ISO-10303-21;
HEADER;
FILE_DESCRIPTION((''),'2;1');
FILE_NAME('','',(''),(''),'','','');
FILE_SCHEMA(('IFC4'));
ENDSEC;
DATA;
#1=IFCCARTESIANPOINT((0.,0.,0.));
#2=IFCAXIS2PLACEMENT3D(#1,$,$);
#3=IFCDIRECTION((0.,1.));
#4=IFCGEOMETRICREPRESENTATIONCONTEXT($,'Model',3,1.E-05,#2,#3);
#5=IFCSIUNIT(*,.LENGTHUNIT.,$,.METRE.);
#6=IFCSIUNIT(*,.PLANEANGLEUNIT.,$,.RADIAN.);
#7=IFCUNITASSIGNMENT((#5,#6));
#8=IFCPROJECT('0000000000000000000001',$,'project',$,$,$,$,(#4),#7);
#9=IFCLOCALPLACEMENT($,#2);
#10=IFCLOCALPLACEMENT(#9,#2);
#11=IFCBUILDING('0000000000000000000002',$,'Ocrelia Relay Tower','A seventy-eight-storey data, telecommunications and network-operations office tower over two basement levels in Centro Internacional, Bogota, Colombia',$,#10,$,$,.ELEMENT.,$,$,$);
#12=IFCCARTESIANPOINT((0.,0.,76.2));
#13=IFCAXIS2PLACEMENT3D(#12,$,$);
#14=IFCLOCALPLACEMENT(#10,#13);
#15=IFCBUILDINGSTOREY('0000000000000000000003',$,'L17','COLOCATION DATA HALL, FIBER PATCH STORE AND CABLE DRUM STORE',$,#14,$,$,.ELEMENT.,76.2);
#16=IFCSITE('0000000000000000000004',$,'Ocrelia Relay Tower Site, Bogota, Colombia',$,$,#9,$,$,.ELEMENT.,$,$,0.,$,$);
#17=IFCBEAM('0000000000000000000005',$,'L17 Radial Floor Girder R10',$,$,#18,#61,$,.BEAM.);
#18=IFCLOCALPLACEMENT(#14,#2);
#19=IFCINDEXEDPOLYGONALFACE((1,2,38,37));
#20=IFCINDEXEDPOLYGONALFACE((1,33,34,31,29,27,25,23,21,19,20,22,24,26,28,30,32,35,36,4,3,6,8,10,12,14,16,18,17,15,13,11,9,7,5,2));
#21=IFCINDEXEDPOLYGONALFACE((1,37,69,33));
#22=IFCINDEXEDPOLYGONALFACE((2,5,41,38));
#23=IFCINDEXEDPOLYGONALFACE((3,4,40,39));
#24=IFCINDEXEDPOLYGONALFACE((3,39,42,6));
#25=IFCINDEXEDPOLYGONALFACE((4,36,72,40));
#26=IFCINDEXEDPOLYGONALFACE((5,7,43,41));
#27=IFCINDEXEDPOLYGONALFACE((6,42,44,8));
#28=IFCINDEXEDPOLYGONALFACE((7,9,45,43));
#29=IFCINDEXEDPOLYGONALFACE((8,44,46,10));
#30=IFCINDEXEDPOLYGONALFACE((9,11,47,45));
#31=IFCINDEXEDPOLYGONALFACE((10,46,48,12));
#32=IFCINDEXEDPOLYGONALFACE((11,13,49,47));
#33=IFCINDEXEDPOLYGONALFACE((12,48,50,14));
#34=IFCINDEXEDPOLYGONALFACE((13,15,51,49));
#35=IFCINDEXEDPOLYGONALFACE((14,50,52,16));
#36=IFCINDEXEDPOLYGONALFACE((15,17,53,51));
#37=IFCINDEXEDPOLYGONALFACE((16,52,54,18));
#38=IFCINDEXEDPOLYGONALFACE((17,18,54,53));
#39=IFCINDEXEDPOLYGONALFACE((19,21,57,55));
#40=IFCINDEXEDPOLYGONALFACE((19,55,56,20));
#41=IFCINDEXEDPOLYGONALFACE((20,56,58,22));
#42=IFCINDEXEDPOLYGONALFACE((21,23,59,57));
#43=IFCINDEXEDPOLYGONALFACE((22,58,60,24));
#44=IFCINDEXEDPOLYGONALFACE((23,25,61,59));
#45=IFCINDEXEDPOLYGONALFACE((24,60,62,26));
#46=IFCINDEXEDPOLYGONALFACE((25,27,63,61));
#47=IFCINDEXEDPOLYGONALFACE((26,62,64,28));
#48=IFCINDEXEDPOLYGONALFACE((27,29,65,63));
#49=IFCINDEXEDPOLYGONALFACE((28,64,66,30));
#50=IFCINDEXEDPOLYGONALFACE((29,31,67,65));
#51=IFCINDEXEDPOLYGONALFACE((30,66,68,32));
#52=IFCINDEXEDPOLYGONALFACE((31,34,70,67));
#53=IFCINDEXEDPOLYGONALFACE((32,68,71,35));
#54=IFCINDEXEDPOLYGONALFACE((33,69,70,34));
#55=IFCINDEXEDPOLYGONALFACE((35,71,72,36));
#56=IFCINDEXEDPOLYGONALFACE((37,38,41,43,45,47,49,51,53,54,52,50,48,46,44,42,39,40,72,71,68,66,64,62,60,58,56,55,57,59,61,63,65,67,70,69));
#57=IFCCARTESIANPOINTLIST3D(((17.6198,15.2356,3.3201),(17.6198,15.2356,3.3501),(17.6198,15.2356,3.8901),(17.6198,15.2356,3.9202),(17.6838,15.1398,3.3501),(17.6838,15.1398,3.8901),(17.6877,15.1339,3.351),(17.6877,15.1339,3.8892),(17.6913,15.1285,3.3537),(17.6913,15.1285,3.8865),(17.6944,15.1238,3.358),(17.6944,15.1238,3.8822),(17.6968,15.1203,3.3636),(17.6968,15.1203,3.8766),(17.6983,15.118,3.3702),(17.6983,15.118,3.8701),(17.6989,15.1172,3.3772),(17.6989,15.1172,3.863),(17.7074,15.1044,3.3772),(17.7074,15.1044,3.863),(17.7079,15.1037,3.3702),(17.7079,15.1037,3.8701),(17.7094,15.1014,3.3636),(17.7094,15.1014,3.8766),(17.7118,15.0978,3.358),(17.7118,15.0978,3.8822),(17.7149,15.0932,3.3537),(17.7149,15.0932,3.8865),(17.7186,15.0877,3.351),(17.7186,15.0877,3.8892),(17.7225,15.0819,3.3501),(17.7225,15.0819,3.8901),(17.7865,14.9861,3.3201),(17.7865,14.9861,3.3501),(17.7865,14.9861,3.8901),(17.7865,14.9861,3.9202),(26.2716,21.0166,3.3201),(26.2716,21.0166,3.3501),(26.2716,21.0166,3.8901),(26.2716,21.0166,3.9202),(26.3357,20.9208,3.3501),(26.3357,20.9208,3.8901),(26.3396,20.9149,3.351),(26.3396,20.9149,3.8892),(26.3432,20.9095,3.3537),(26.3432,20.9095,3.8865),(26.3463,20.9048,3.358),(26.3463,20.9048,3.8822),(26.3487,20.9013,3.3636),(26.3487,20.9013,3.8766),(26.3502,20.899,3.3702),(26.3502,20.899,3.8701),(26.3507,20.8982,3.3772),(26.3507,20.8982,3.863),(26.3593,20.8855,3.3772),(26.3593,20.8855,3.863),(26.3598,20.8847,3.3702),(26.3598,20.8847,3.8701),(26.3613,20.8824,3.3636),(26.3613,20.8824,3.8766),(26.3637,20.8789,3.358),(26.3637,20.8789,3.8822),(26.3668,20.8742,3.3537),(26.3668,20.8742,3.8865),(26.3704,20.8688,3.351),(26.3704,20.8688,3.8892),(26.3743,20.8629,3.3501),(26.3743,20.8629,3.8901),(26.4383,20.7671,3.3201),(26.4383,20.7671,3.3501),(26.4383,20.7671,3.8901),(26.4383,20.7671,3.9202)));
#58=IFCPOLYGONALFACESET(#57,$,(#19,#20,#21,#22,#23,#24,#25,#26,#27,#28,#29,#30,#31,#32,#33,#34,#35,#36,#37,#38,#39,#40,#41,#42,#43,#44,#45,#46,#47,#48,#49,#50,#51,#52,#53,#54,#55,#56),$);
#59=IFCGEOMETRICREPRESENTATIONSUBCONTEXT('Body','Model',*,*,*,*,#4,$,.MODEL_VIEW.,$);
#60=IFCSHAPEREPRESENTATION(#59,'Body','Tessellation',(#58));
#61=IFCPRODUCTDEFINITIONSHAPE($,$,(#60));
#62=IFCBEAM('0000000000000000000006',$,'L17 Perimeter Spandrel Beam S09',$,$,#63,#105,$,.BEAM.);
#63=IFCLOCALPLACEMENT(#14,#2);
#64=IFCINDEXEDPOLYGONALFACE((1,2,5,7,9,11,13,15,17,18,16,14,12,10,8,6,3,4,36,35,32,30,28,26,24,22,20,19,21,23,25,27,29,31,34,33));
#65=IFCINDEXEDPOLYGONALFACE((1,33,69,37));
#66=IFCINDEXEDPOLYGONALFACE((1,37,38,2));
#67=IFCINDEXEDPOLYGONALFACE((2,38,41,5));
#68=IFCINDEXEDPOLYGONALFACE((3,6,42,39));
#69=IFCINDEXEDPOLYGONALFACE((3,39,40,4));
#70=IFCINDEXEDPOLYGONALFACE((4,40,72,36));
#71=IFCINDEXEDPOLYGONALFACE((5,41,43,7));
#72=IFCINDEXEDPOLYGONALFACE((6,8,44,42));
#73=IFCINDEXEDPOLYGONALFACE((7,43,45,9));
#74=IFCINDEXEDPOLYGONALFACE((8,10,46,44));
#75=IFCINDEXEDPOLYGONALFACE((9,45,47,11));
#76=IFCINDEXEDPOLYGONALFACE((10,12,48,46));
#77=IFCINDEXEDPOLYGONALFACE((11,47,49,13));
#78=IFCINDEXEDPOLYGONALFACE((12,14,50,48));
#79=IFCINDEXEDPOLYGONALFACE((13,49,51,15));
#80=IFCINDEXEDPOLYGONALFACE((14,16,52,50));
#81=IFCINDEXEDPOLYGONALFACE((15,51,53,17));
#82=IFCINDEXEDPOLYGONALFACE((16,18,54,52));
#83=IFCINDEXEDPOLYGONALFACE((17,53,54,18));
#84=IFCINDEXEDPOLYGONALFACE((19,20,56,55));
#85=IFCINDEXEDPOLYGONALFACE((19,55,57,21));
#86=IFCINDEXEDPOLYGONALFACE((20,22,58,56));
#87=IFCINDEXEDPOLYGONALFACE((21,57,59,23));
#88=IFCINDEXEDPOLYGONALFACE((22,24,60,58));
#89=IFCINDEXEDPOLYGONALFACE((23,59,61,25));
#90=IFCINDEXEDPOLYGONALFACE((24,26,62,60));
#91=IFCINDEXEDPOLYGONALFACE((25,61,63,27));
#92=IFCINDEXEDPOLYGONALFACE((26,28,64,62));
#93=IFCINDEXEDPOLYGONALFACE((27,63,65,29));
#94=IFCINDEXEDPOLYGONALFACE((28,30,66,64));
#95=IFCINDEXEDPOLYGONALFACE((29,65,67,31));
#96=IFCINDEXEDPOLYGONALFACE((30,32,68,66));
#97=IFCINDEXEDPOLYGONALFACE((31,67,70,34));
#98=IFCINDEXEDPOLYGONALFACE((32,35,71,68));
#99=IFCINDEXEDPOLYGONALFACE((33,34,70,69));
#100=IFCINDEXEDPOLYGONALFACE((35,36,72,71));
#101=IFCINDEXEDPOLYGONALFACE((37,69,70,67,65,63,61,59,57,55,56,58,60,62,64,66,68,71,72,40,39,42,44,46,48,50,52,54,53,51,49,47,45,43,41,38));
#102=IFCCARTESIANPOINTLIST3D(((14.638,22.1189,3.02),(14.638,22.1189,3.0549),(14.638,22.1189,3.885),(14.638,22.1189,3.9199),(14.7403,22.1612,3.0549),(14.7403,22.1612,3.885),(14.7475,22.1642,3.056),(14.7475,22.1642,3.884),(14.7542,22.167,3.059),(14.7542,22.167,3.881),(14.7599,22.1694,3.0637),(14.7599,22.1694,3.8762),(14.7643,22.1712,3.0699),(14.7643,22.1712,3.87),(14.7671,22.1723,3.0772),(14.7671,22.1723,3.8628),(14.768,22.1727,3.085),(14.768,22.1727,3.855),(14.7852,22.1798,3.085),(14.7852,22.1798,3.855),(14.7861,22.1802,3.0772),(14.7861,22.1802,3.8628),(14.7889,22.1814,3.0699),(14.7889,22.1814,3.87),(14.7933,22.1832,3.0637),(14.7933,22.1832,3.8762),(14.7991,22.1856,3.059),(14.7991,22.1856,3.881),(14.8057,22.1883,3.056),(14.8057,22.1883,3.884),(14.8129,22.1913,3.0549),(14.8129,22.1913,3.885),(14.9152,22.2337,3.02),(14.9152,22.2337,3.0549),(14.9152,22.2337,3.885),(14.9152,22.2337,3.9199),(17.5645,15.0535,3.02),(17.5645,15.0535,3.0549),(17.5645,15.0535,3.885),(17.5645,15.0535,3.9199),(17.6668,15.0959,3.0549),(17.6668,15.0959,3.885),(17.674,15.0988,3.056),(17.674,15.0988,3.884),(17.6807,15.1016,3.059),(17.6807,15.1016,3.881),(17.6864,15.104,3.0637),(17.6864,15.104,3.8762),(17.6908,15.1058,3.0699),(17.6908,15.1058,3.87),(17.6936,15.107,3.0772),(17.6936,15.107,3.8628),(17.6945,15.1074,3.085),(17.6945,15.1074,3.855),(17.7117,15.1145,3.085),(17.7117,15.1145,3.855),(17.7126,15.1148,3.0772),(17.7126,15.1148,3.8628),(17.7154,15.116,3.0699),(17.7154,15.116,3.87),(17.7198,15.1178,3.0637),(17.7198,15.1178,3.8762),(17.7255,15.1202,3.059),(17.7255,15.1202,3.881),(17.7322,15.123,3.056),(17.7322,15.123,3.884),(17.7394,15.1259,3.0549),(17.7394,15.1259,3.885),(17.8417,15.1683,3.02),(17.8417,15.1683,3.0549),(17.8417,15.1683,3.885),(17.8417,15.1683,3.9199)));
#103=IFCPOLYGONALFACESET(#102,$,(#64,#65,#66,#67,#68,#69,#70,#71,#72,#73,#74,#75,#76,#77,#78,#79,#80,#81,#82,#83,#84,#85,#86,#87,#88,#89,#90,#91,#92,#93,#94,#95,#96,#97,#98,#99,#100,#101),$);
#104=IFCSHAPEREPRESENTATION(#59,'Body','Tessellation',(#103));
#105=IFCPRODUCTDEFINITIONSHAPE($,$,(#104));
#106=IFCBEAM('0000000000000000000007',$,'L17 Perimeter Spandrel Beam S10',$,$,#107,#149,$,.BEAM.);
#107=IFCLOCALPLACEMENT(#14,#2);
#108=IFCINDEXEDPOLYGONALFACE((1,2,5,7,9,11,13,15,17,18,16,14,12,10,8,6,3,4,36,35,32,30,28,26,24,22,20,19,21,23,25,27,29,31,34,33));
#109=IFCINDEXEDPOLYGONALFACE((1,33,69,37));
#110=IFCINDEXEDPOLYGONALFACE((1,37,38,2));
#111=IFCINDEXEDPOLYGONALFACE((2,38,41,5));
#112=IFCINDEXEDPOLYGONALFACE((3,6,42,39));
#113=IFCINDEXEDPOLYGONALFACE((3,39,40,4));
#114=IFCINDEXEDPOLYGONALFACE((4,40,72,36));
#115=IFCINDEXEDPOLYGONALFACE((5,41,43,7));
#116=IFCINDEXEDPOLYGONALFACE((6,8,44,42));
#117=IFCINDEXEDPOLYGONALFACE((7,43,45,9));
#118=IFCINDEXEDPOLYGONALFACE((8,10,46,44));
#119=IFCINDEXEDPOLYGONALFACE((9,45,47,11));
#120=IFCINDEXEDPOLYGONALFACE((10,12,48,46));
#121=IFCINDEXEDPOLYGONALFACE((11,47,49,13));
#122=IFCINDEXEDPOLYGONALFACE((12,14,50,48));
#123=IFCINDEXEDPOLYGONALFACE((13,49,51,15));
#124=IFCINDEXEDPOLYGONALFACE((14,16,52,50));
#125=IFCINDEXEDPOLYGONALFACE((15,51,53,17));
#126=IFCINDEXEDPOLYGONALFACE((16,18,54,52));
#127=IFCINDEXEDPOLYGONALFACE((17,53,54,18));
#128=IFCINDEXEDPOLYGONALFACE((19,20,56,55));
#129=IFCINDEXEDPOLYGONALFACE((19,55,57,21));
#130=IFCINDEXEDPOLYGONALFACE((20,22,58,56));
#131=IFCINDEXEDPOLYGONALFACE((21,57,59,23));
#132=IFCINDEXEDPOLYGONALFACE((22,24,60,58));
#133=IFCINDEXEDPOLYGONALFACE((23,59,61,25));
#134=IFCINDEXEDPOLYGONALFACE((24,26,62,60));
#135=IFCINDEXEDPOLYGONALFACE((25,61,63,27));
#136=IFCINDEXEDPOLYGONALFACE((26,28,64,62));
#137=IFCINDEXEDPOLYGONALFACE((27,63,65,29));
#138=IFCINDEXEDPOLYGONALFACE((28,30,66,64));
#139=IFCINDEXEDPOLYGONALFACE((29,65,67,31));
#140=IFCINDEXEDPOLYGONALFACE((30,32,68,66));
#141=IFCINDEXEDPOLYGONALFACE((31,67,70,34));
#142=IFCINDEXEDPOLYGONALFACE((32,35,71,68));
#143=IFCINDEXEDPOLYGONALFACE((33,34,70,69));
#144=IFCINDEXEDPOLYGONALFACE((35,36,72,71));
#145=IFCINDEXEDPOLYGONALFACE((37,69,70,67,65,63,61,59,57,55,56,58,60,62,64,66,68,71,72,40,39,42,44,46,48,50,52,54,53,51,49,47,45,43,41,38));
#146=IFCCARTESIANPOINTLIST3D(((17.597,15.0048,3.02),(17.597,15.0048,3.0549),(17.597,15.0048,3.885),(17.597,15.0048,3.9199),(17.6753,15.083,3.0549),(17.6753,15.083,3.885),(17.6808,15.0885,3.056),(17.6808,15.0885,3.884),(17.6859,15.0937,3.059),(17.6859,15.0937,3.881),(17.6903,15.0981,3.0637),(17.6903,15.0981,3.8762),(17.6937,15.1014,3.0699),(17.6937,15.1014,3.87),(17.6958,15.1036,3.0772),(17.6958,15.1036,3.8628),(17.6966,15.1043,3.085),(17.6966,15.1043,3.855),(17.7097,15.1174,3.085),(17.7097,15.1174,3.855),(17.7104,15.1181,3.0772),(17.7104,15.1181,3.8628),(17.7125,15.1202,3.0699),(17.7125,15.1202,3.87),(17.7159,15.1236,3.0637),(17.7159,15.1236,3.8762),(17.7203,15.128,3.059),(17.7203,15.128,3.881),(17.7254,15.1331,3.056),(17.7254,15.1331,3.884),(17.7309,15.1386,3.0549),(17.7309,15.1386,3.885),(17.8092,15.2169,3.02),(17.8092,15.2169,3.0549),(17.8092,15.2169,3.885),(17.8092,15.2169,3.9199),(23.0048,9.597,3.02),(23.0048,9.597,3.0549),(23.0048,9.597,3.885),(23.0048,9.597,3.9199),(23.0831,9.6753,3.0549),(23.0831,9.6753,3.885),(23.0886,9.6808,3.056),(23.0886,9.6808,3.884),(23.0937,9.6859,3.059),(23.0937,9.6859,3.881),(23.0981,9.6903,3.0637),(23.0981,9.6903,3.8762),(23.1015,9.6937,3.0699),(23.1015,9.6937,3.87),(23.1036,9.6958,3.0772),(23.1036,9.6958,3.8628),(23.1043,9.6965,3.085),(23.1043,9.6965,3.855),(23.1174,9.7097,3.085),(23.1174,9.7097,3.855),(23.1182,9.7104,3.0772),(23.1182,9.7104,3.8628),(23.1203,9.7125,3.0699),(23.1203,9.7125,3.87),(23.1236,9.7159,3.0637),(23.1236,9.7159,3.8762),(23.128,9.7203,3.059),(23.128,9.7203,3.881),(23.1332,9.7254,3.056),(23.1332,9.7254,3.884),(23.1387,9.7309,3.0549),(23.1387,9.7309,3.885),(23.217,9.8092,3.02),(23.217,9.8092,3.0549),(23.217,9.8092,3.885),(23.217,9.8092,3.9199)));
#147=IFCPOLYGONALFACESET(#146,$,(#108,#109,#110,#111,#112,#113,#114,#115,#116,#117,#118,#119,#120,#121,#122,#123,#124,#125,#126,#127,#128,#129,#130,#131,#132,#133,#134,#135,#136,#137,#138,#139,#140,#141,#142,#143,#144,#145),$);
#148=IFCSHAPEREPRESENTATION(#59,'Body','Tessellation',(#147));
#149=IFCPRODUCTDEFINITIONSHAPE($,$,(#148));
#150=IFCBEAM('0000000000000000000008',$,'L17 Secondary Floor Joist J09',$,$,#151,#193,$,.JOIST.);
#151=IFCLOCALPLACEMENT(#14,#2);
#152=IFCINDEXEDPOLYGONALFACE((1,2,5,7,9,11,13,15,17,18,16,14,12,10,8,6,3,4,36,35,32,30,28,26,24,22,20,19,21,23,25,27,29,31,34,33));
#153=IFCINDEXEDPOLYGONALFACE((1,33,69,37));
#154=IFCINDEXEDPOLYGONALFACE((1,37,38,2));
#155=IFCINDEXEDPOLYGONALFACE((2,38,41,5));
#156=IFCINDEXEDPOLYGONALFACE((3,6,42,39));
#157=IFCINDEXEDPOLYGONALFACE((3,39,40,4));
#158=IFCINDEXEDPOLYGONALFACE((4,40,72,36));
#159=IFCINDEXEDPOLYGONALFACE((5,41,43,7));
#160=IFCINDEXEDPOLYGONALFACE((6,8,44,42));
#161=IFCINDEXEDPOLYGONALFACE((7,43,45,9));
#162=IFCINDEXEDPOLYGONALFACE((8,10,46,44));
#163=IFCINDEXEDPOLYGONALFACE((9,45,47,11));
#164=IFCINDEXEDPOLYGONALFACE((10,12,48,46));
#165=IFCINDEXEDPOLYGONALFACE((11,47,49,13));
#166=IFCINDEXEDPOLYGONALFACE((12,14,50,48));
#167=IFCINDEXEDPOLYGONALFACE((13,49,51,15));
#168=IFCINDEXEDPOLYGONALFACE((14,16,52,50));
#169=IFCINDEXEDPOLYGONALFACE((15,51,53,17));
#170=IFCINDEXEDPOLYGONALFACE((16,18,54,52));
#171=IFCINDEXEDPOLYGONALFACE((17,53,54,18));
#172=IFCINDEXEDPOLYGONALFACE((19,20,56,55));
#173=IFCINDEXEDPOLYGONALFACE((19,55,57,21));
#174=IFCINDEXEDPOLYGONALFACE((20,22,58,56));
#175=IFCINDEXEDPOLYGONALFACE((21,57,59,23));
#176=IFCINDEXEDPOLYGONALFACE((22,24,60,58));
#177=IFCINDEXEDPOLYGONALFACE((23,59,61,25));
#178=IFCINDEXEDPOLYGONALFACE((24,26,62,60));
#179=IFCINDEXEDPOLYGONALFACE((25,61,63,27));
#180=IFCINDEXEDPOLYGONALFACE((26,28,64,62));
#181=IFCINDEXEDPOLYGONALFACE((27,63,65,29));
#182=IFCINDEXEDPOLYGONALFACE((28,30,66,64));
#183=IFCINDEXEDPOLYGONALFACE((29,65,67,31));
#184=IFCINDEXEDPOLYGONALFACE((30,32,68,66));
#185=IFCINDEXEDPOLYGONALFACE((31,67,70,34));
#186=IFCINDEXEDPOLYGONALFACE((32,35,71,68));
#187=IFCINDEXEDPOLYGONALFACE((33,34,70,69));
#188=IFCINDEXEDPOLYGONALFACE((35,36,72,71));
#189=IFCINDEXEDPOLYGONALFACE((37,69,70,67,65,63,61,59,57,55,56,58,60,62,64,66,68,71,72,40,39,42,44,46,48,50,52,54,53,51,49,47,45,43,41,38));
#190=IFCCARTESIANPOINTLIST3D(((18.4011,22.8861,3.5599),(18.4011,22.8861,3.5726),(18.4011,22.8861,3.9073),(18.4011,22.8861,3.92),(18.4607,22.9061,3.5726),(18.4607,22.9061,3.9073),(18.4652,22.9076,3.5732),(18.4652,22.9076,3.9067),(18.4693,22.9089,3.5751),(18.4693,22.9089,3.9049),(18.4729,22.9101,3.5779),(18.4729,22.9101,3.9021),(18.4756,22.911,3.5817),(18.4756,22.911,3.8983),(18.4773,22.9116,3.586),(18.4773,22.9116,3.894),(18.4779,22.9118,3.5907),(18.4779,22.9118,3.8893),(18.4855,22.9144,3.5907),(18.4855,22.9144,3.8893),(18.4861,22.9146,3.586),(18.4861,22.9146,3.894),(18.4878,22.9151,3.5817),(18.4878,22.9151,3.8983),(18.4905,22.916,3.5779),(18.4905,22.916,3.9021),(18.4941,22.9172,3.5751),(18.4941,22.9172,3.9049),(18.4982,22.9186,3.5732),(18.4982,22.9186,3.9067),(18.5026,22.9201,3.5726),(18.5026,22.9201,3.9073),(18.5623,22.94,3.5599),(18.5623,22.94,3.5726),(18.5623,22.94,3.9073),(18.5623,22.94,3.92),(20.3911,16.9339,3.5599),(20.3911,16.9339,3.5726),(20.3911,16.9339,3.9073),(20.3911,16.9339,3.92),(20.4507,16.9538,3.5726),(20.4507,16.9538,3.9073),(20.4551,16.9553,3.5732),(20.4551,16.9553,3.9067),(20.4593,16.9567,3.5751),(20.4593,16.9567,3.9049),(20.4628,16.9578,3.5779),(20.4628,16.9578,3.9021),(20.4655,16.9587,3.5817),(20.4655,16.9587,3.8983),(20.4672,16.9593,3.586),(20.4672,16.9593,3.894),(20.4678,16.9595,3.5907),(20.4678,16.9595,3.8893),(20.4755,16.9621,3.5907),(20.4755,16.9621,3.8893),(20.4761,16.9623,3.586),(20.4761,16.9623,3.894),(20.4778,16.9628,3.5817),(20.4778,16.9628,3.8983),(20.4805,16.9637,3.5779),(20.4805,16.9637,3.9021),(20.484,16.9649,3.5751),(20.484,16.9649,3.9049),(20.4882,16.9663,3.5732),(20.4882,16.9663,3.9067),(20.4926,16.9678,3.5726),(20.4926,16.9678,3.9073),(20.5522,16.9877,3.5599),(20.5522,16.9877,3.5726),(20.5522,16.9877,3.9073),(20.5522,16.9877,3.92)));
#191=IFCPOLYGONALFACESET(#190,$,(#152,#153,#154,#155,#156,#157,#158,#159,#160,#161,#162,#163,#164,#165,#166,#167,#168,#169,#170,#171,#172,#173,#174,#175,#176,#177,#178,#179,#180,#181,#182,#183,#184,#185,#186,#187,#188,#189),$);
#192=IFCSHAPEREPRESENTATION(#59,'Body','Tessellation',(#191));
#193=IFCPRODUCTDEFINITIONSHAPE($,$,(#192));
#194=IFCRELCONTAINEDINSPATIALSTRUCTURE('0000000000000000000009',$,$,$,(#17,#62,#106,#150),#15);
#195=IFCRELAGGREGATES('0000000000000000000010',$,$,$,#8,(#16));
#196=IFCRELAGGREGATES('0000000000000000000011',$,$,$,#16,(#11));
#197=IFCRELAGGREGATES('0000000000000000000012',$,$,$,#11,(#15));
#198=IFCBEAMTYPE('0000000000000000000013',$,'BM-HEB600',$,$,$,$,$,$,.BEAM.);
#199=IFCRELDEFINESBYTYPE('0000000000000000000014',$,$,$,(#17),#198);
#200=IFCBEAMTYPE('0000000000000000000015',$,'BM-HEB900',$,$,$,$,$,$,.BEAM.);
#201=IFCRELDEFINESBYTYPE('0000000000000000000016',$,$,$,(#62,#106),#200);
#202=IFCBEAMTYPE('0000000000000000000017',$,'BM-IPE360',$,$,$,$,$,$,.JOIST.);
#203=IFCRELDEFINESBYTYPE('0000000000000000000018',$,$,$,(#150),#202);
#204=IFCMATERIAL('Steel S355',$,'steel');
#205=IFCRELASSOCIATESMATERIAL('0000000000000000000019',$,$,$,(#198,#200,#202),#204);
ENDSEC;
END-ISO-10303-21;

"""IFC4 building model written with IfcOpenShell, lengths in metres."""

from ifc_helpers import new_model, si_unit, direction, frame, origin, origin_2d, place, context, subcontext, project, spatial, i_section, extrude, material, material_profile, profile_set, type_object, element, save


model = new_model("IFC4")

# Units and contexts
model_context = context("Model", 3, precision=1e-05, world=origin(), true_north=direction((0.0, 1.0)))
body_context = subcontext(model_context, "Body", "Model", "MODEL_VIEW")
ifc_project = project(units=[si_unit("LENGTHUNIT", "METRE"), si_unit("PLANEANGLEUNIT", "RADIAN")], contexts=[model_context])

# Site, building, storey
site_placement = place(None, origin())
site = spatial("IfcSite", under=ifc_project, at=site_placement, Name="Ocrelia Relay Tower Site, Bogota, Colombia", CompositionType="ELEMENT", RefElevation=0.0)
building_placement = place(site_placement, origin())
building = spatial("IfcBuilding", under=site, at=building_placement, Name="Ocrelia Relay Tower", Description="A seventy-eight-storey data, telecommunications and network-operations office tower over two basement levels in Centro Internacional, Bogota, Colombia", CompositionType="ELEMENT")
storey_placement = place(building_placement, frame((0.0, 0.0, 76.2)))
storey = spatial("IfcBuildingStorey", under=building, at=storey_placement, Name="L17", Description="COLOCATION DATA HALL, FIBER PATCH STORE AND CABLE DRUM STORE", CompositionType="ELEMENT", Elevation=76.2)

# Beams
ifc_material_1 = material(Name="Steel S355", Category="steel")
ifc_material_profile_1 = material_profile(ifc_material_1, i_section(OverallWidth=0.3, OverallDepth=0.6001, WebThickness=0.0154, FlangeThickness=0.03, FilletRadius=0.0271, at=origin_2d()), Name="HEB 600")
ifc_profile_set_1 = profile_set([ifc_material_profile_1], Name="Steel S355")
beam_type_1 = type_object("IfcBeamType", Name="BM-HEB600", PredefinedType="BEAM", material=ifc_profile_set_1)
beam_1_placement = place(storey_placement, frame((17.7031, 15.1108, 3.6201), z_axis=(0.831469, 0.555572, 0.0), x_axis=(-0.555572, 0.831469, 0.0)))
element("IfcBeam", 1, at=beam_1_placement, inside=storey, type_object=beam_type_1, Name="L17 Radial Floor Girder R10", PredefinedType="BEAM", context=body_context, shape_type="SweptSolid", body=[
    extrude(i_section(OverallWidth=0.3, OverallDepth=0.6001, WebThickness=0.0154, FlangeThickness=0.03, FilletRadius=0.0271, at=origin_2d()), origin(), (0.0, 0.0, 1.0), 10.4055),
])
ifc_material_profile_2 = material_profile(ifc_material_1, i_section(OverallWidth=0.3, OverallDepth=0.8999, WebThickness=0.0186, FlangeThickness=0.0349, FilletRadius=0.03, at=origin_2d()), Name="HEB 900")
ifc_profile_set_2 = profile_set([ifc_material_profile_2], Name="Steel S355")
beam_type_2 = type_object("IfcBeamType", Name="BM-HEB900", PredefinedType="BEAM", material=ifc_profile_set_2)
beam_2_placement = place(storey_placement, frame((14.7766, 22.1763, 3.47), z_axis=(0.382674, -0.923883, 0.0), x_axis=(0.923883, 0.382674, 0.0)))
element("IfcBeam", 2, at=beam_2_placement, inside=storey, type_object=beam_type_2, Name="L17 Perimeter Spandrel Beam S09", PredefinedType="BEAM", context=body_context, shape_type="SweptSolid", body=[
    extrude(i_section(OverallWidth=0.3, OverallDepth=0.8999, WebThickness=0.0186, FlangeThickness=0.0349, FilletRadius=0.03, at=origin_2d()), origin(), (0.0, 0.0, 1.0), 7.6475),
])
beam_3_placement = place(storey_placement, frame((17.7031, 15.1108, 3.47), z_axis=(0.707107, -0.707107, 0.0), x_axis=(0.707107, 0.707107, 0.0)))
element("IfcBeam", 3, at=beam_3_placement, inside=storey, type_object=beam_type_2, Name="L17 Perimeter Spandrel Beam S10", PredefinedType="BEAM", context=body_context, shape_type="SweptSolid", body=[
    extrude(i_section(OverallWidth=0.3, OverallDepth=0.8999, WebThickness=0.0186, FlangeThickness=0.0349, FilletRadius=0.03, at=origin_2d()), origin(), (0.0, 0.0, 1.0), 7.6477),
])
ifc_material_profile_3 = material_profile(ifc_material_1, i_section(OverallWidth=0.1699, OverallDepth=0.3601, WebThickness=0.0081, FlangeThickness=0.0127, FilletRadius=0.0181, at=origin_2d()), Name="IPE 360")
ifc_profile_set_3 = profile_set([ifc_material_profile_3], Name="Steel S355")
beam_type_3 = type_object("IfcBeamType", Name="BM-IPE360", PredefinedType="JOIST", material=ifc_profile_set_3)
beam_4_placement = place(storey_placement, frame((18.4817, 22.9131, 3.74), z_axis=(0.317068, -0.948403, 0.0), x_axis=(0.948403, 0.317068, 0.0)))
element("IfcBeam", 4, at=beam_4_placement, inside=storey, type_object=beam_type_3, Name="L17 Secondary Floor Joist J09", PredefinedType="JOIST", context=body_context, shape_type="SweptSolid", body=[
    extrude(i_section(OverallWidth=0.1699, OverallDepth=0.3601, WebThickness=0.0081, FlangeThickness=0.0127, FilletRadius=0.0181, at=origin_2d()), origin(), (0.0, 0.0, 1.0), 6.2761),
])

save(model, "model.ifc")
